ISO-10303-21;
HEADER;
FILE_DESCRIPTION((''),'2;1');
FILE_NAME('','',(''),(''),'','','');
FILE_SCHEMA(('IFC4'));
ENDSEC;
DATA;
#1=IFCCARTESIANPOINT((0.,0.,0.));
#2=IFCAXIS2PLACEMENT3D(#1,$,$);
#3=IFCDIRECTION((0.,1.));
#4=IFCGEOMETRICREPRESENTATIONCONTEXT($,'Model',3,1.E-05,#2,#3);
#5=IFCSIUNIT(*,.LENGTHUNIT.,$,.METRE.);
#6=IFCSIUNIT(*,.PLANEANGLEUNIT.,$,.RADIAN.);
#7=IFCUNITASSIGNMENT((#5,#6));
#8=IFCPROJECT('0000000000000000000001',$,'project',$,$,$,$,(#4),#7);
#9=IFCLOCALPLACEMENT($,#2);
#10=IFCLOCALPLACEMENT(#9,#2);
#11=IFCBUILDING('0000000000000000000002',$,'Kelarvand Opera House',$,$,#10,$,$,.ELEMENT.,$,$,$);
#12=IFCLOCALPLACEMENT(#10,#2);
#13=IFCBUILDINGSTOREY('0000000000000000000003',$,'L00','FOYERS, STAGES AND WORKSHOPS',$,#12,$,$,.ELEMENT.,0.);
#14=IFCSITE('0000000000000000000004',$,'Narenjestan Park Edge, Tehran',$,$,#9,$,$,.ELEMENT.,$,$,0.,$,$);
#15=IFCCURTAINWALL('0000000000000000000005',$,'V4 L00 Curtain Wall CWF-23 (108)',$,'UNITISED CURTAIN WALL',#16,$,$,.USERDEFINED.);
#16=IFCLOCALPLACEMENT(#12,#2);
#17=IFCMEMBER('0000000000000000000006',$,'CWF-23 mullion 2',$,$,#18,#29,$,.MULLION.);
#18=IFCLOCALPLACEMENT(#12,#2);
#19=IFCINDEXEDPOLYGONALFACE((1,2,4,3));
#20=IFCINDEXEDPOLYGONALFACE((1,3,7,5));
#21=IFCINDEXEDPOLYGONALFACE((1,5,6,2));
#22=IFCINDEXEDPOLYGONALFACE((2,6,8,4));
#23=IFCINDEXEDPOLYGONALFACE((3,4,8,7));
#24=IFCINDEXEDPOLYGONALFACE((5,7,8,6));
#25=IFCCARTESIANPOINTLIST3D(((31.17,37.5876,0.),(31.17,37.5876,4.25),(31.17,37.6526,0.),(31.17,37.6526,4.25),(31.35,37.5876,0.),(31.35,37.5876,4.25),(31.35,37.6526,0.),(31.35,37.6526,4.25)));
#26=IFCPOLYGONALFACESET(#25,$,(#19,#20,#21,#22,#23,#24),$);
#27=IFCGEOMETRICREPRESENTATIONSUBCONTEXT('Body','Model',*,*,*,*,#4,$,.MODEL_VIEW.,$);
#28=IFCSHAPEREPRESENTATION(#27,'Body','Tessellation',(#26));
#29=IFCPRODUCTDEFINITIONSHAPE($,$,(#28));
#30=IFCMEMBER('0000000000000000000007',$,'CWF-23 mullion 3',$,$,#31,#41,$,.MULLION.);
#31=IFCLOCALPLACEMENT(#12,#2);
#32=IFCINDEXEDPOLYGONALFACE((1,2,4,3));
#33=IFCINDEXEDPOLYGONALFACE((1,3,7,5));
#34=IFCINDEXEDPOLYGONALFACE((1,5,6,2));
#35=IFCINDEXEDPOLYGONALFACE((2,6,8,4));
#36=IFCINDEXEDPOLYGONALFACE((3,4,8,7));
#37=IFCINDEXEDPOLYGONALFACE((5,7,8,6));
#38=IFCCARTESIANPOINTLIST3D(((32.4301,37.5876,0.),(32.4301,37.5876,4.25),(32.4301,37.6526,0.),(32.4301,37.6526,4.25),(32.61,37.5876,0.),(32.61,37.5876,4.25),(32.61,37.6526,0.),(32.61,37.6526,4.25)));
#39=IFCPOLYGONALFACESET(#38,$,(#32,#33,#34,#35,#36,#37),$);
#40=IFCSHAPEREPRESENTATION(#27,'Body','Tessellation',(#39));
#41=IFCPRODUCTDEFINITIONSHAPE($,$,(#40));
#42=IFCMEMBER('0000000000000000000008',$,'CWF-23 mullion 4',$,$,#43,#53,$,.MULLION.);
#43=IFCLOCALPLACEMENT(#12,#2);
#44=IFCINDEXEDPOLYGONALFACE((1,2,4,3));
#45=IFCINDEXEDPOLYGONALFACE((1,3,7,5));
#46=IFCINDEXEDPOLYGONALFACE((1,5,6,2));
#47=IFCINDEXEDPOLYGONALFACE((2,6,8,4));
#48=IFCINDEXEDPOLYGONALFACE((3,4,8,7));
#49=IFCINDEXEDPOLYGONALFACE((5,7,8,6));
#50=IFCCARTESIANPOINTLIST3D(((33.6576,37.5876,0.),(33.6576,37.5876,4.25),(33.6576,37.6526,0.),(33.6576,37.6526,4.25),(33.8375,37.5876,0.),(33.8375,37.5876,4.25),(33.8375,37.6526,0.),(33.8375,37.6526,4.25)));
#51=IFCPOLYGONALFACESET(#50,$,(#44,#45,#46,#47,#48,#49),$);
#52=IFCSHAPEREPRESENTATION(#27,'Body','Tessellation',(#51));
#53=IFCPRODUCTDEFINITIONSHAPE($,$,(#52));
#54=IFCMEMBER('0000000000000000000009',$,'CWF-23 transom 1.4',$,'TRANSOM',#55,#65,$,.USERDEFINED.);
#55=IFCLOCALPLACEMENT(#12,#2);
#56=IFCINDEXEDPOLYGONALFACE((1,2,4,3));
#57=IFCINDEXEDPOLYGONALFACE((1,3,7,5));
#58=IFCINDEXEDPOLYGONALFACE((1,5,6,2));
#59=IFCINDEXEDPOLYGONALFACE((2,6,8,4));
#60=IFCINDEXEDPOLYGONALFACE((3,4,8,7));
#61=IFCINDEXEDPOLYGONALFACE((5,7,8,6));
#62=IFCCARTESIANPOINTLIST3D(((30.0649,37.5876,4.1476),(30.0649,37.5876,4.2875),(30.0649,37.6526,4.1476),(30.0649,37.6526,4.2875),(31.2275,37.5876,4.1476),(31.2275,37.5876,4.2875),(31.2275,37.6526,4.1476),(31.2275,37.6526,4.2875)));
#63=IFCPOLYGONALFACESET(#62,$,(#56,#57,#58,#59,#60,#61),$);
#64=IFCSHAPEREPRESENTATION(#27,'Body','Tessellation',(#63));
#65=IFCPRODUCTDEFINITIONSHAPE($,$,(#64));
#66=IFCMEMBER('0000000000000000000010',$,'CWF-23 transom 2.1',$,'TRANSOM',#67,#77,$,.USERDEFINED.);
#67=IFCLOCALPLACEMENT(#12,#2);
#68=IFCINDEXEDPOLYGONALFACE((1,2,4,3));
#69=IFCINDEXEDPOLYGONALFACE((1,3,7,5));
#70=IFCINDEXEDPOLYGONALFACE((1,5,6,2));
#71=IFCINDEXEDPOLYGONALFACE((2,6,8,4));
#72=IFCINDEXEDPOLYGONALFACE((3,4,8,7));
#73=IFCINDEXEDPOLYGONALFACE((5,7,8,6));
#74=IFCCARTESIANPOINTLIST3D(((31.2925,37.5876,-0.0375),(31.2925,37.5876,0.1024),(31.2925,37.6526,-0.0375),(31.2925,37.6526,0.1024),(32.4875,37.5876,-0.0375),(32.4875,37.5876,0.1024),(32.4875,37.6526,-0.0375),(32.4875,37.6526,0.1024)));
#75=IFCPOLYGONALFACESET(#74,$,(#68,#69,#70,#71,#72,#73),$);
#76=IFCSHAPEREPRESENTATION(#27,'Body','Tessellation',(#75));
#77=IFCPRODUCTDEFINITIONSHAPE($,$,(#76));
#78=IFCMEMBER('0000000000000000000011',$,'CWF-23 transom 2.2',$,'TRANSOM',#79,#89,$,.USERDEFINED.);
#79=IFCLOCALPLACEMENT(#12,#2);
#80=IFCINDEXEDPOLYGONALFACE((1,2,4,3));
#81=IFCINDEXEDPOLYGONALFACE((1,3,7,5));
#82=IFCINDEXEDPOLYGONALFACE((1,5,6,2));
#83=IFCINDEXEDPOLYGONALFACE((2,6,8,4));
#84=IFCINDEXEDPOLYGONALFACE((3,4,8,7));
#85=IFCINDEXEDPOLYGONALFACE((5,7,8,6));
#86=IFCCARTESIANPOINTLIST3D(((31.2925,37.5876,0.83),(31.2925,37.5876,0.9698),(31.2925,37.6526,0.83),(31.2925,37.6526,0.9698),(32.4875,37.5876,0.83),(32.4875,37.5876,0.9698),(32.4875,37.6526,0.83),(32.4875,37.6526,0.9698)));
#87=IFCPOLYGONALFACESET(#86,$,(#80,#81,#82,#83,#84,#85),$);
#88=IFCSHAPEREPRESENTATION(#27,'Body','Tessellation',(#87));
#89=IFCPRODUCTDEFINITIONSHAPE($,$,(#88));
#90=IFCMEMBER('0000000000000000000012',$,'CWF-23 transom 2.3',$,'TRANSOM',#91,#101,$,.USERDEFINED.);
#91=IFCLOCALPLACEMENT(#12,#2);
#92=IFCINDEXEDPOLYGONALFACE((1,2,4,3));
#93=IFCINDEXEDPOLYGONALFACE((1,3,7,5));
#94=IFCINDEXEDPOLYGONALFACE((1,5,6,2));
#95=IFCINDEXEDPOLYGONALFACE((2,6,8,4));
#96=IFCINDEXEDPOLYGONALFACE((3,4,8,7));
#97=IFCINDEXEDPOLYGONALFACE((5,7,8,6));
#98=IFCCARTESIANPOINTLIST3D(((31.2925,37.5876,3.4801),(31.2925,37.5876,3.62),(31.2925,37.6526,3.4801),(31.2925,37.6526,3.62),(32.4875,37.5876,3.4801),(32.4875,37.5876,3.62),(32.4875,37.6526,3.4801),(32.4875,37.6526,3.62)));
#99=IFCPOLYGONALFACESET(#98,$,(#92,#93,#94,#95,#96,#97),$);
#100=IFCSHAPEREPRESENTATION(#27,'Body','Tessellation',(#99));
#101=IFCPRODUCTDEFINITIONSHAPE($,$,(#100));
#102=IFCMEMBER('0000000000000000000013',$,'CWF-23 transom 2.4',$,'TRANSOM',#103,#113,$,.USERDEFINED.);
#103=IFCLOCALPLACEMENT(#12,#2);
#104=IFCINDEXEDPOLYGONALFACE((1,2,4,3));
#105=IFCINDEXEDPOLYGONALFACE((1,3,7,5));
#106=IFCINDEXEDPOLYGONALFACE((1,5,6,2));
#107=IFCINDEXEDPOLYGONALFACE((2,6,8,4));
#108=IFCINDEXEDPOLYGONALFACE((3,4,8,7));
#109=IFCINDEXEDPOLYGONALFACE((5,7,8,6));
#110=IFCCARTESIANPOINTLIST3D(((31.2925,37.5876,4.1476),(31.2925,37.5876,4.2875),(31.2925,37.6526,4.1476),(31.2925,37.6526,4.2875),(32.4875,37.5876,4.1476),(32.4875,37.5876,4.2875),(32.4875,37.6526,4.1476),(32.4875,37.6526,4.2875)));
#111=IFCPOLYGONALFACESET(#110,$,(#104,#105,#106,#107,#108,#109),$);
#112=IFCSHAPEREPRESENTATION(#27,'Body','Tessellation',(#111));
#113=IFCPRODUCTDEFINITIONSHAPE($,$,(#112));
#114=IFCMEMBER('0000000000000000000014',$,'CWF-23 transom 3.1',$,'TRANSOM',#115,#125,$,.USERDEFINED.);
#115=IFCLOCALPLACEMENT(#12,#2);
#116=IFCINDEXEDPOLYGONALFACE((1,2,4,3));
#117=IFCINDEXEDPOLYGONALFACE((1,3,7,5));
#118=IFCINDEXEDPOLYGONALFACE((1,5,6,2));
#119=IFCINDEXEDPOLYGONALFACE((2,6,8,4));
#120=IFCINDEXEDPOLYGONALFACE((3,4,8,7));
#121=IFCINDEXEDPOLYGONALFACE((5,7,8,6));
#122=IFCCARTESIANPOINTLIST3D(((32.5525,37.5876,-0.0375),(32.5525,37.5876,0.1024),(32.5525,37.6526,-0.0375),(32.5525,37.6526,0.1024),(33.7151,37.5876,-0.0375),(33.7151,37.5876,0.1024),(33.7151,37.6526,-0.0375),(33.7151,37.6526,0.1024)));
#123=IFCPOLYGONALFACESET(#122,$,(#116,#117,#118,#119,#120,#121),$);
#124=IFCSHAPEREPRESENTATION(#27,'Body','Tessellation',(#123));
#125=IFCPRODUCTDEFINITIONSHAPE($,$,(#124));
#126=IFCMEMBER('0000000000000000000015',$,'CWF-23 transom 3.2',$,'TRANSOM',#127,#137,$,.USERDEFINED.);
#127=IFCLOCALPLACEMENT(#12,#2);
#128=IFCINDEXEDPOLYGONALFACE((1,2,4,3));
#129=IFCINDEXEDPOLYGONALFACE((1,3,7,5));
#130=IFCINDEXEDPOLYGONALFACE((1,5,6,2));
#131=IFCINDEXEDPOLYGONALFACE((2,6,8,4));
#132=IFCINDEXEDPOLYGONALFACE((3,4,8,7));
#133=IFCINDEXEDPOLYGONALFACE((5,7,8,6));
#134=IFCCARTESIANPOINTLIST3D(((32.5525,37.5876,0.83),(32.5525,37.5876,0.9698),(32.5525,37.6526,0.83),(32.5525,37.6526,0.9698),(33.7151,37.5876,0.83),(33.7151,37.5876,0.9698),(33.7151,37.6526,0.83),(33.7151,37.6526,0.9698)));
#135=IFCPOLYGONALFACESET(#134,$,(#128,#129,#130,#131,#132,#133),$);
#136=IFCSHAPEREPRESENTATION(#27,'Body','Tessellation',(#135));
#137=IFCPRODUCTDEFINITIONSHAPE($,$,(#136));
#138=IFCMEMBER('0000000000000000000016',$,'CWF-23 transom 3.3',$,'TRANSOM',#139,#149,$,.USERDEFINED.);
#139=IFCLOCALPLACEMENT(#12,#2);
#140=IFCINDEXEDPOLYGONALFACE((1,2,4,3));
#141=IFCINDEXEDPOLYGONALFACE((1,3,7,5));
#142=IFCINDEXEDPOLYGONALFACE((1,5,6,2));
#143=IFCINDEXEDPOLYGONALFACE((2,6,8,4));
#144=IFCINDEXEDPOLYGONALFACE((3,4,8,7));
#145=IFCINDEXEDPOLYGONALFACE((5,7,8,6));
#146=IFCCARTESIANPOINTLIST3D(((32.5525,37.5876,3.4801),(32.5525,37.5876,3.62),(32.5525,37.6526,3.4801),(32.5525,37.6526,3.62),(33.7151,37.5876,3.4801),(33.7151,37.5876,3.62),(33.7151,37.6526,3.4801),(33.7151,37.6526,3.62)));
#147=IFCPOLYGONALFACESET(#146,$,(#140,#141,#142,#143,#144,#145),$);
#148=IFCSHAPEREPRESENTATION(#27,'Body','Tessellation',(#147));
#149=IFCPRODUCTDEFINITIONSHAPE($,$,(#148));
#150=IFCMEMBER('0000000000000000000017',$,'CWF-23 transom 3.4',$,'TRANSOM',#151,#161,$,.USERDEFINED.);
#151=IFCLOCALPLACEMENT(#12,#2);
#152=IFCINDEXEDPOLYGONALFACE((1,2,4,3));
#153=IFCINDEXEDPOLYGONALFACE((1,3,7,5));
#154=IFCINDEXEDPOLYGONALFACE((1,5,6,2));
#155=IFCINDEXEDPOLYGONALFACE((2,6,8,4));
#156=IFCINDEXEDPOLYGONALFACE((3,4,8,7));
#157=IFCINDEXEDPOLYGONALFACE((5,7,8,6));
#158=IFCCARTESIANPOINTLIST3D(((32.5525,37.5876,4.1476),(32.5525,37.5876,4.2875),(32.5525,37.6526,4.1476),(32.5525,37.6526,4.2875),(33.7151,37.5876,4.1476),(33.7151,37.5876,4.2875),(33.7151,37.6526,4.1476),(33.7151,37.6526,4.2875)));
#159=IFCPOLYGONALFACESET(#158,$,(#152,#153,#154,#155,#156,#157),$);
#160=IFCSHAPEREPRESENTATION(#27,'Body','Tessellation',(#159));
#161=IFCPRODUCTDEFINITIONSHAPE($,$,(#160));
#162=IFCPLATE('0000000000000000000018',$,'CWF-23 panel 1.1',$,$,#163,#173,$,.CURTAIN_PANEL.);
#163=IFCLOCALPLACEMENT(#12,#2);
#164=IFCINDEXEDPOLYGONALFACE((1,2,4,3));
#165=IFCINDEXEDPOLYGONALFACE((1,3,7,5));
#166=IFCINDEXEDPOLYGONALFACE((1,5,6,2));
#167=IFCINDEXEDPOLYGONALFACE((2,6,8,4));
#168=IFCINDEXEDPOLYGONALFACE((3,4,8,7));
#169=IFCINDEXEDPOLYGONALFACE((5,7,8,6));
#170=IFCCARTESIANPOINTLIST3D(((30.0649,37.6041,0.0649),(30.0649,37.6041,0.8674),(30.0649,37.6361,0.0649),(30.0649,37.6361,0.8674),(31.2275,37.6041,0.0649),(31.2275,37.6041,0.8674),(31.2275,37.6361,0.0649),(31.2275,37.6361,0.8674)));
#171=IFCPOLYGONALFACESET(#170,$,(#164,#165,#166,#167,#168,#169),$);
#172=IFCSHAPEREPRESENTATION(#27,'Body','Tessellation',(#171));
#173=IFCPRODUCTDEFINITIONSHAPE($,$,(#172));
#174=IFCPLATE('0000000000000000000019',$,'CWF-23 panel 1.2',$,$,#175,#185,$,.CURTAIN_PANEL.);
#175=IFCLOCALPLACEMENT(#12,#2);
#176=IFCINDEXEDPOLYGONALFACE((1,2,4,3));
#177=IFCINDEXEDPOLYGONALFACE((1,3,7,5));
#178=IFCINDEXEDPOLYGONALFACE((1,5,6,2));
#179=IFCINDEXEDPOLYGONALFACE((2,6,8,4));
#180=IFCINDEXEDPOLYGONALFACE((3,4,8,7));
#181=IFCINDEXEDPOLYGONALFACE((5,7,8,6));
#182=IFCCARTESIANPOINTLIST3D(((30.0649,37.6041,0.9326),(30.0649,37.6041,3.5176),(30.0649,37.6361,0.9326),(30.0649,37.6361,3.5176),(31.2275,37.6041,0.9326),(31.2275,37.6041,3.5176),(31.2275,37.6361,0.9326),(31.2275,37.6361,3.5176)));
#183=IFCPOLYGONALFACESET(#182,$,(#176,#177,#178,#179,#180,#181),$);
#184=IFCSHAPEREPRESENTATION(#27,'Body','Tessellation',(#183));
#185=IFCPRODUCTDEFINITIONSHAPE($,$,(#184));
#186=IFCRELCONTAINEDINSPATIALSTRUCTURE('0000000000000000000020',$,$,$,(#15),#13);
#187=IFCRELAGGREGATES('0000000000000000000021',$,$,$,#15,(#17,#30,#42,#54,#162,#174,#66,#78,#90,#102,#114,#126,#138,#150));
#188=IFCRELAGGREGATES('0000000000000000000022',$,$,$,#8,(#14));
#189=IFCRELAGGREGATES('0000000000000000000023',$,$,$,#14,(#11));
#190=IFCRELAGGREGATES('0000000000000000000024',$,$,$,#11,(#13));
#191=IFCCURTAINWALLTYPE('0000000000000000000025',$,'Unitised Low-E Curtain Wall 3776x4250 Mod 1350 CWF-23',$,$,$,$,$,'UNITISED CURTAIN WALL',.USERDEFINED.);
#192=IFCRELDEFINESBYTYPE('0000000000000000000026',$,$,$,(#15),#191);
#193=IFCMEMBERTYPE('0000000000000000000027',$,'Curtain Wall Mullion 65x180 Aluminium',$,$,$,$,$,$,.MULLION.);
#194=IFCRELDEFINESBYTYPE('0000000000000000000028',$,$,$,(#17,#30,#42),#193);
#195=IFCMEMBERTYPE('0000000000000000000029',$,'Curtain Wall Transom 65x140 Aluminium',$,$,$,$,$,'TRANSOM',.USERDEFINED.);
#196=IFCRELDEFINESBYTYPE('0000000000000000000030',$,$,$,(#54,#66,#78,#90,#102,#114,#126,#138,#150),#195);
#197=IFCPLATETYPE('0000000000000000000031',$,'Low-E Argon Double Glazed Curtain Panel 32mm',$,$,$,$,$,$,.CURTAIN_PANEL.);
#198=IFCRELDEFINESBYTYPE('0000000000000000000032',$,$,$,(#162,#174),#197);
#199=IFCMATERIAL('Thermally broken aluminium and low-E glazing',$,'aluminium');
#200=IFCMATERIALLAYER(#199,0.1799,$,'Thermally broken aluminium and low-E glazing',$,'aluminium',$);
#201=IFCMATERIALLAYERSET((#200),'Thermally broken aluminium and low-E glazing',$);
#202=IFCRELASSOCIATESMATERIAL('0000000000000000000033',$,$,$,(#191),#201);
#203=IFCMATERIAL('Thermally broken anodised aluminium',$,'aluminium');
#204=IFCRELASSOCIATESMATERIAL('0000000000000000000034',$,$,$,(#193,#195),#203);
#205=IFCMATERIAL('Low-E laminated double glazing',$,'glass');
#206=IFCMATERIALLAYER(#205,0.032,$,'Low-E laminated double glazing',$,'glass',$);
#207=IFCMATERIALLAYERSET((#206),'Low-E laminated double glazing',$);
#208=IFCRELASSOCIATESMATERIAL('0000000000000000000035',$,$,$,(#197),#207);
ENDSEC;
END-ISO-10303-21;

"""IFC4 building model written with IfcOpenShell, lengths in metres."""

from ifc_helpers import new_model, si_unit, direction, frame, origin, origin_2d, place, context, subcontext, project, spatial, rectangle, extrude, material, layer, layer_set, material_profile, profile_set, type_object, element, aggregate, save


model = new_model("IFC4")

# Units and contexts
model_context = context("Model", 3, precision=1e-05, world=origin(), true_north=direction((0.0, 1.0)))
body_context = subcontext(model_context, "Body", "Model", "MODEL_VIEW")
ifc_project = project(units=[si_unit("LENGTHUNIT", "METRE"), si_unit("PLANEANGLEUNIT", "RADIAN")], contexts=[model_context])

# Site, building, storey
site_placement = place(None, origin())
site = spatial("IfcSite", under=ifc_project, at=site_placement, Name="Narenjestan Park Edge, Tehran", CompositionType="ELEMENT", RefElevation=0.0)
building_placement = place(site_placement, origin())
building = spatial("IfcBuilding", under=site, at=building_placement, Name="Kelarvand Opera House", CompositionType="ELEMENT")
storey_placement = place(building_placement, origin())
storey = spatial("IfcBuildingStorey", under=building, at=storey_placement, Name="L00", Description="FOYERS, STAGES AND WORKSHOPS", CompositionType="ELEMENT", Elevation=0.0)

# Curtain wall, members, plates
ifc_material_1 = material(Name="Thermally broken aluminium and low-E glazing", Category="aluminium")
ifc_layer_1 = layer(ifc_material_1, 0.1799, Name="Thermally broken aluminium and low-E glazing", Category="aluminium")
ifc_layer_set_1 = layer_set([ifc_layer_1], Name="Thermally broken aluminium and low-E glazing")
curtain_wall_type = type_object("IfcCurtainWallType", Name="Unitised Low-E Curtain Wall 3776x4250 Mod 1350 CWF-23", ElementType="UNITISED CURTAIN WALL", PredefinedType="USERDEFINED", material=ifc_layer_set_1)
curtain_wall_placement = place(storey_placement, origin())
curtain_wall = element("IfcCurtainWall", 1, at=curtain_wall_placement, inside=storey, type_object=curtain_wall_type, Name="V4 L00 Curtain Wall CWF-23 (108)", ObjectType="UNITISED CURTAIN WALL", PredefinedType="USERDEFINED")
ifc_material_2 = material(Name="Thermally broken anodised aluminium", Category="aluminium")
ifc_material_profile_1 = material_profile(ifc_material_2, rectangle(XDim=0.0649, YDim=0.1799, at=origin_2d()), Name="ALU MULLION 65x180", Category="aluminium")
ifc_profile_set_1 = profile_set([ifc_material_profile_1], Name="Thermally broken anodised aluminium")
member_type_1 = type_object("IfcMemberType", Name="Curtain Wall Mullion 65x180 Aluminium", PredefinedType="MULLION", material=ifc_profile_set_1)
member_1_placement = place(storey_placement, frame((31.26, 37.6201, 0.0), z_axis=(0.0, 0.0, 1.0), x_axis=(0.0, 1.0, 0.0)))
member_1 = element("IfcMember", 2, at=member_1_placement, type_object=member_type_1, Name="CWF-23 mullion 2", PredefinedType="MULLION", context=body_context, shape_type="SweptSolid", body=[
    extrude(rectangle(XDim=0.0649, YDim=0.1799, at=origin_2d()), origin(), (0.0, 0.0, 1.0), 4.25),
])
member_2_placement = place(storey_placement, frame((32.52, 37.6201, 0.0), z_axis=(0.0, 0.0, 1.0), x_axis=(0.0, 1.0, 0.0)))
member_2 = element("IfcMember", 3, at=member_2_placement, type_object=member_type_1, Name="CWF-23 mullion 3", PredefinedType="MULLION", context=body_context, shape_type="SweptSolid", body=[
    extrude(rectangle(XDim=0.0649, YDim=0.1799, at=origin_2d()), origin(), (0.0, 0.0, 1.0), 4.25),
])
member_3_placement = place(storey_placement, frame((33.7476, 37.6201, 0.0), z_axis=(0.0, 0.0, 1.0), x_axis=(0.0, 1.0, 0.0)))
member_3 = element("IfcMember", 4, at=member_3_placement, type_object=member_type_1, Name="CWF-23 mullion 4", PredefinedType="MULLION", context=body_context, shape_type="SweptSolid", body=[
    extrude(rectangle(XDim=0.0649, YDim=0.1799, at=origin_2d()), origin(), (0.0, 0.0, 1.0), 4.25),
])
ifc_material_profile_2 = material_profile(ifc_material_2, rectangle(XDim=0.0649, YDim=0.1399, at=origin_2d()), Name="ALU TRANSOM 65x140", Category="aluminium")
ifc_profile_set_2 = profile_set([ifc_material_profile_2], Name="Thermally broken anodised aluminium")
member_type_2 = type_object("IfcMemberType", Name="Curtain Wall Transom 65x140 Aluminium", ElementType="TRANSOM", PredefinedType="USERDEFINED", material=ifc_profile_set_2)
member_4_placement = place(storey_placement, frame((30.0649, 37.6201, 4.2175), z_axis=(1.0, 0.0, 0.0), x_axis=(0.0, 1.0, 0.0)))
member_4 = element("IfcMember", 5, at=member_4_placement, type_object=member_type_2, Name="CWF-23 transom 1.4", ObjectType="TRANSOM", PredefinedType="USERDEFINED", context=body_context, shape_type="SweptSolid", body=[
    extrude(rectangle(XDim=0.0649, YDim=0.1399, at=origin_2d()), origin(), (0.0, 0.0, 1.0), 1.1626),
])
member_5_placement = place(storey_placement, frame((31.2925, 37.6201, 0.0325), z_axis=(1.0, 0.0, 0.0), x_axis=(0.0, 1.0, 0.0)))
member_5 = element("IfcMember", 6, at=member_5_placement, type_object=member_type_2, Name="CWF-23 transom 2.1", ObjectType="TRANSOM", PredefinedType="USERDEFINED", context=body_context, shape_type="SweptSolid", body=[
    extrude(rectangle(XDim=0.0649, YDim=0.1399, at=origin_2d()), origin(), (0.0, 0.0, 1.0), 1.1951),
])
member_6_placement = place(storey_placement, frame((31.2925, 37.6201, 0.8999), z_axis=(1.0, 0.0, 0.0), x_axis=(0.0, 1.0, 0.0)))
member_6 = element("IfcMember", 7, at=member_6_placement, type_object=member_type_2, Name="CWF-23 transom 2.2", ObjectType="TRANSOM", PredefinedType="USERDEFINED", context=body_context, shape_type="SweptSolid", body=[
    extrude(rectangle(XDim=0.0649, YDim=0.1399, at=origin_2d()), origin(), (0.0, 0.0, 1.0), 1.1951),
])
member_7_placement = place(storey_placement, frame((31.2925, 37.6201, 3.55), z_axis=(1.0, 0.0, 0.0), x_axis=(0.0, 1.0, 0.0)))
member_7 = element("IfcMember", 8, at=member_7_placement, type_object=member_type_2, Name="CWF-23 transom 2.3", ObjectType="TRANSOM", PredefinedType="USERDEFINED", context=body_context, shape_type="SweptSolid", body=[
    extrude(rectangle(XDim=0.0649, YDim=0.1399, at=origin_2d()), origin(), (0.0, 0.0, 1.0), 1.1951),
])
member_8_placement = place(storey_placement, frame((31.2925, 37.6201, 4.2175), z_axis=(1.0, 0.0, 0.0), x_axis=(0.0, 1.0, 0.0)))
member_8 = element("IfcMember", 9, at=member_8_placement, type_object=member_type_2, Name="CWF-23 transom 2.4", ObjectType="TRANSOM", PredefinedType="USERDEFINED", context=body_context, shape_type="SweptSolid", body=[
    extrude(rectangle(XDim=0.0649, YDim=0.1399, at=origin_2d()), origin(), (0.0, 0.0, 1.0), 1.1951),
])
member_9_placement = place(storey_placement, frame((32.5525, 37.6201, 0.0325), z_axis=(1.0, 0.0, 0.0), x_axis=(0.0, 1.0, 0.0)))
member_9 = element("IfcMember", 10, at=member_9_placement, type_object=member_type_2, Name="CWF-23 transom 3.1", ObjectType="TRANSOM", PredefinedType="USERDEFINED", context=body_context, shape_type="SweptSolid", body=[
    extrude(rectangle(XDim=0.0649, YDim=0.1399, at=origin_2d()), origin(), (0.0, 0.0, 1.0), 1.1626),
])
member_10_placement = place(storey_placement, frame((32.5525, 37.6201, 0.8999), z_axis=(1.0, 0.0, 0.0), x_axis=(0.0, 1.0, 0.0)))
member_10 = element("IfcMember", 11, at=member_10_placement, type_object=member_type_2, Name="CWF-23 transom 3.2", ObjectType="TRANSOM", PredefinedType="USERDEFINED", context=body_context, shape_type="SweptSolid", body=[
    extrude(rectangle(XDim=0.0649, YDim=0.1399, at=origin_2d()), origin(), (0.0, 0.0, 1.0), 1.1626),
])
member_11_placement = place(storey_placement, frame((32.5525, 37.6201, 3.55), z_axis=(1.0, 0.0, 0.0), x_axis=(0.0, 1.0, 0.0)))
member_11 = element("IfcMember", 12, at=member_11_placement, type_object=member_type_2, Name="CWF-23 transom 3.3", ObjectType="TRANSOM", PredefinedType="USERDEFINED", context=body_context, shape_type="SweptSolid", body=[
    extrude(rectangle(XDim=0.0649, YDim=0.1399, at=origin_2d()), origin(), (0.0, 0.0, 1.0), 1.1626),
])
member_12_placement = place(storey_placement, frame((32.5525, 37.6201, 4.2175), z_axis=(1.0, 0.0, 0.0), x_axis=(0.0, 1.0, 0.0)))
member_12 = element("IfcMember", 13, at=member_12_placement, type_object=member_type_2, Name="CWF-23 transom 3.4", ObjectType="TRANSOM", PredefinedType="USERDEFINED", context=body_context, shape_type="SweptSolid", body=[
    extrude(rectangle(XDim=0.0649, YDim=0.1399, at=origin_2d()), origin(), (0.0, 0.0, 1.0), 1.1626),
])
ifc_material_3 = material(Name="Low-E laminated double glazing", Category="glass")
ifc_layer_2 = layer(ifc_material_3, 0.032, Name="Low-E laminated double glazing", Category="glass")
ifc_layer_set_2 = layer_set([ifc_layer_2], Name="Low-E laminated double glazing")
plate_type = type_object("IfcPlateType", Name="Low-E Argon Double Glazed Curtain Panel 32mm", PredefinedType="CURTAIN_PANEL", material=ifc_layer_set_2)
plate_1_placement = place(storey_placement, frame((30.6462, 37.6201, 0.0649), z_axis=(0.0, 0.0, 1.0), x_axis=(1.0, 0.0, 0.0)))
plate_1 = element("IfcPlate", 14, at=plate_1_placement, type_object=plate_type, Name="CWF-23 panel 1.1", PredefinedType="CURTAIN_PANEL", context=body_context, shape_type="SweptSolid", body=[
    extrude(rectangle(XDim=1.1626, YDim=0.032, at=origin_2d()), origin(), (0.0, 0.0, 1.0), 0.8025),
])
plate_2_placement = place(storey_placement, frame((30.6462, 37.6201, 0.9326), z_axis=(0.0, 0.0, 1.0), x_axis=(1.0, 0.0, 0.0)))
plate_2 = element("IfcPlate", 15, at=plate_2_placement, type_object=plate_type, Name="CWF-23 panel 1.2", PredefinedType="CURTAIN_PANEL", context=body_context, shape_type="SweptSolid", body=[
    extrude(rectangle(XDim=1.1626, YDim=0.032, at=origin_2d()), origin(), (0.0, 0.0, 1.0), 2.585),
])
aggregate(curtain_wall, [member_1, member_2, member_3, member_4, plate_1, plate_2, member_5, member_6, member_7, member_8, member_9, member_10, member_11, member_12])

save(model, "model.ifc")
